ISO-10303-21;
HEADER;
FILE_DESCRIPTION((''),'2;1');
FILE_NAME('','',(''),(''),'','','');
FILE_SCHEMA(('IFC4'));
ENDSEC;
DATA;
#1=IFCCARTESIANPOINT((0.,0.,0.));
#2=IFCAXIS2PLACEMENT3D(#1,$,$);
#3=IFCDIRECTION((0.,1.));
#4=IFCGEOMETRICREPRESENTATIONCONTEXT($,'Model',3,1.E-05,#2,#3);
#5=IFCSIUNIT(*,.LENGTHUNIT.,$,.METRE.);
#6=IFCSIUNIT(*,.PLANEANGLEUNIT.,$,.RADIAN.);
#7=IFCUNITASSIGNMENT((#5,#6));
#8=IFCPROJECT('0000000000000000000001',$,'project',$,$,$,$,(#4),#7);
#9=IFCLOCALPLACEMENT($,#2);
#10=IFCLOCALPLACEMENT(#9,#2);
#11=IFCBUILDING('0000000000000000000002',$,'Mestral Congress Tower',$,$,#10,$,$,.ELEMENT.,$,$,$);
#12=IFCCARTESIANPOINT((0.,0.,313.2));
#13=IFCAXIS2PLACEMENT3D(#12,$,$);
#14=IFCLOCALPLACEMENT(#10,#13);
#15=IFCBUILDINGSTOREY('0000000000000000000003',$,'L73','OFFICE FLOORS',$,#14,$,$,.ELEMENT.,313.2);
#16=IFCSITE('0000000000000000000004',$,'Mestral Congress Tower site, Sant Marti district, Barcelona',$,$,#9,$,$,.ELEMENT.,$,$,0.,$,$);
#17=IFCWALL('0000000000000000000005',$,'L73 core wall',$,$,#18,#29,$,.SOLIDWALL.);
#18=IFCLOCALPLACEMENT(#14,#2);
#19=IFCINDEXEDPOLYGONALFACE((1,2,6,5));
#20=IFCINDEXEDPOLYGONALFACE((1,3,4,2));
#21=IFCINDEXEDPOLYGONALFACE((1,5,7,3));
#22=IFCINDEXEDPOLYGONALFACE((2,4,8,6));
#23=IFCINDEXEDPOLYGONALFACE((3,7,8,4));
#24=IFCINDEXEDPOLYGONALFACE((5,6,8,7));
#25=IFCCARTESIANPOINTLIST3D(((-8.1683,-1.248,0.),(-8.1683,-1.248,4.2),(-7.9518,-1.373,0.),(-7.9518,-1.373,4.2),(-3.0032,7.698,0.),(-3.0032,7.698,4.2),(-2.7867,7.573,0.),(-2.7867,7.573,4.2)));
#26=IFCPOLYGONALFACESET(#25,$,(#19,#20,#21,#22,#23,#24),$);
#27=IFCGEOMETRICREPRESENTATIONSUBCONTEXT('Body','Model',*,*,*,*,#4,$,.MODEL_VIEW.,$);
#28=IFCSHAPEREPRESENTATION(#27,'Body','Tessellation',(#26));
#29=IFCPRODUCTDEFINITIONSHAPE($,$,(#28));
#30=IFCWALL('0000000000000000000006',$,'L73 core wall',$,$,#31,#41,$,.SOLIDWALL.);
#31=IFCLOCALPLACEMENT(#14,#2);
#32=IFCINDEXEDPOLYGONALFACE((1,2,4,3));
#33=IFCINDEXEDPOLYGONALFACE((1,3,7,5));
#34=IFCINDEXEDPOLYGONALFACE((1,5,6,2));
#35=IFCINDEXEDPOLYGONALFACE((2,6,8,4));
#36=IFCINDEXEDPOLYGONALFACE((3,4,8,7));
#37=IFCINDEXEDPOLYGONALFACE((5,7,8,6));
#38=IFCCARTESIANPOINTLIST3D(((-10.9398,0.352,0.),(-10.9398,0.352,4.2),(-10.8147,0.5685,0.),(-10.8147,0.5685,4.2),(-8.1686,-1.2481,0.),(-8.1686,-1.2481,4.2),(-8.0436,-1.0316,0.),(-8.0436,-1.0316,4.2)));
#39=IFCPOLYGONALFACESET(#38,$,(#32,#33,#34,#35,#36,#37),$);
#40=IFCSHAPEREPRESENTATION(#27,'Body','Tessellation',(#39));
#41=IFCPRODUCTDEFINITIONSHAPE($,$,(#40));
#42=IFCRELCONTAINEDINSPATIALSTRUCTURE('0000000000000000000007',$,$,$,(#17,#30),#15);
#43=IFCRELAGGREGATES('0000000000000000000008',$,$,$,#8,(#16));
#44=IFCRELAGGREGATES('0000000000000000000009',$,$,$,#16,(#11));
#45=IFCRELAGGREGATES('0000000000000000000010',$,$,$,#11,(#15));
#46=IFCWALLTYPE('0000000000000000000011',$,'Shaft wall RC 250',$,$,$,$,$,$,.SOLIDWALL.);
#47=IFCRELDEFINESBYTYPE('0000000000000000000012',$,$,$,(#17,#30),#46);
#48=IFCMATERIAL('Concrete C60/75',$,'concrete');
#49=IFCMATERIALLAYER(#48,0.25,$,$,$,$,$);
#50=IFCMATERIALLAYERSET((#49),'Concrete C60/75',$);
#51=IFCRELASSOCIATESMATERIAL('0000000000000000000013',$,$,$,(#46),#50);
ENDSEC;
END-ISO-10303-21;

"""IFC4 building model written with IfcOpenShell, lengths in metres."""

from ifc_helpers import new_model, si_unit, direction, frame, frame_2d, origin, place, context, subcontext, project, spatial, rectangle, extrude, material, layer, layer_set, type_object, element, save


model = new_model("IFC4")

# Units and contexts
model_context = context("Model", 3, precision=1e-05, world=origin(), true_north=direction((0.0, 1.0)))
body_context = subcontext(model_context, "Body", "Model", "MODEL_VIEW")
ifc_project = project(units=[si_unit("LENGTHUNIT", "METRE"), si_unit("PLANEANGLEUNIT", "RADIAN")], contexts=[model_context])

# Site, building, storey
site_placement = place(None, origin())
site = spatial("IfcSite", under=ifc_project, at=site_placement, Name="Mestral Congress Tower site, Sant Marti district, Barcelona", CompositionType="ELEMENT", RefElevation=0.0)
building_placement = place(site_placement, origin())
building = spatial("IfcBuilding", under=site, at=building_placement, Name="Mestral Congress Tower", CompositionType="ELEMENT")
storey_placement = place(building_placement, frame((0.0, 0.0, 313.2)))
storey = spatial("IfcBuildingStorey", under=building, at=storey_placement, Name="L73", Description="OFFICE FLOORS", CompositionType="ELEMENT", Elevation=313.2)

# Shared definitions
ifc_material_1 = material(Name="Concrete C60/75", Category="concrete")

# Walls
ifc_layer_1 = layer(ifc_material_1, 0.25)
ifc_layer_set_1 = layer_set([ifc_layer_1], Name="Concrete C60/75")
wall_type_1 = type_object("IfcWallType", Name="Shaft wall RC 250", PredefinedType="SOLIDWALL", material=ifc_layer_set_1)
wall_1_placement = place(storey_placement, frame((-8.0601, -1.3105, 0.0), z_axis=(0.0, 0.0, 1.0), x_axis=(0.500003, 0.866024, 0.0)))
element("IfcWall", 1, at=wall_1_placement, inside=storey, type_object=wall_type_1, Name="L73 core wall", PredefinedType="SOLIDWALL", context=body_context, shape_type="SweptSolid", body=[
    extrude(rectangle(XDim=10.3301, YDim=0.25, at=frame_2d((5.165, 0.0))), origin(), (0.0, 0.0, 1.0), 4.2),
])
wall_2_placement = place(storey_placement, frame((-8.106, -1.1399, 0.0), z_axis=(0.0, 0.0, 1.0), x_axis=(-0.866009, 0.500028, 0.0)))
element("IfcWall", 2, at=wall_2_placement, inside=storey, type_object=wall_type_1, Name="L73 core wall", PredefinedType="SOLIDWALL", context=body_context, shape_type="SweptSolid", body=[
    extrude(rectangle(XDim=3.2, YDim=0.25, at=frame_2d((1.6001, 0.0))), origin(), (0.0, 0.0, 1.0), 4.2),
])

save(model, "model.ifc")
